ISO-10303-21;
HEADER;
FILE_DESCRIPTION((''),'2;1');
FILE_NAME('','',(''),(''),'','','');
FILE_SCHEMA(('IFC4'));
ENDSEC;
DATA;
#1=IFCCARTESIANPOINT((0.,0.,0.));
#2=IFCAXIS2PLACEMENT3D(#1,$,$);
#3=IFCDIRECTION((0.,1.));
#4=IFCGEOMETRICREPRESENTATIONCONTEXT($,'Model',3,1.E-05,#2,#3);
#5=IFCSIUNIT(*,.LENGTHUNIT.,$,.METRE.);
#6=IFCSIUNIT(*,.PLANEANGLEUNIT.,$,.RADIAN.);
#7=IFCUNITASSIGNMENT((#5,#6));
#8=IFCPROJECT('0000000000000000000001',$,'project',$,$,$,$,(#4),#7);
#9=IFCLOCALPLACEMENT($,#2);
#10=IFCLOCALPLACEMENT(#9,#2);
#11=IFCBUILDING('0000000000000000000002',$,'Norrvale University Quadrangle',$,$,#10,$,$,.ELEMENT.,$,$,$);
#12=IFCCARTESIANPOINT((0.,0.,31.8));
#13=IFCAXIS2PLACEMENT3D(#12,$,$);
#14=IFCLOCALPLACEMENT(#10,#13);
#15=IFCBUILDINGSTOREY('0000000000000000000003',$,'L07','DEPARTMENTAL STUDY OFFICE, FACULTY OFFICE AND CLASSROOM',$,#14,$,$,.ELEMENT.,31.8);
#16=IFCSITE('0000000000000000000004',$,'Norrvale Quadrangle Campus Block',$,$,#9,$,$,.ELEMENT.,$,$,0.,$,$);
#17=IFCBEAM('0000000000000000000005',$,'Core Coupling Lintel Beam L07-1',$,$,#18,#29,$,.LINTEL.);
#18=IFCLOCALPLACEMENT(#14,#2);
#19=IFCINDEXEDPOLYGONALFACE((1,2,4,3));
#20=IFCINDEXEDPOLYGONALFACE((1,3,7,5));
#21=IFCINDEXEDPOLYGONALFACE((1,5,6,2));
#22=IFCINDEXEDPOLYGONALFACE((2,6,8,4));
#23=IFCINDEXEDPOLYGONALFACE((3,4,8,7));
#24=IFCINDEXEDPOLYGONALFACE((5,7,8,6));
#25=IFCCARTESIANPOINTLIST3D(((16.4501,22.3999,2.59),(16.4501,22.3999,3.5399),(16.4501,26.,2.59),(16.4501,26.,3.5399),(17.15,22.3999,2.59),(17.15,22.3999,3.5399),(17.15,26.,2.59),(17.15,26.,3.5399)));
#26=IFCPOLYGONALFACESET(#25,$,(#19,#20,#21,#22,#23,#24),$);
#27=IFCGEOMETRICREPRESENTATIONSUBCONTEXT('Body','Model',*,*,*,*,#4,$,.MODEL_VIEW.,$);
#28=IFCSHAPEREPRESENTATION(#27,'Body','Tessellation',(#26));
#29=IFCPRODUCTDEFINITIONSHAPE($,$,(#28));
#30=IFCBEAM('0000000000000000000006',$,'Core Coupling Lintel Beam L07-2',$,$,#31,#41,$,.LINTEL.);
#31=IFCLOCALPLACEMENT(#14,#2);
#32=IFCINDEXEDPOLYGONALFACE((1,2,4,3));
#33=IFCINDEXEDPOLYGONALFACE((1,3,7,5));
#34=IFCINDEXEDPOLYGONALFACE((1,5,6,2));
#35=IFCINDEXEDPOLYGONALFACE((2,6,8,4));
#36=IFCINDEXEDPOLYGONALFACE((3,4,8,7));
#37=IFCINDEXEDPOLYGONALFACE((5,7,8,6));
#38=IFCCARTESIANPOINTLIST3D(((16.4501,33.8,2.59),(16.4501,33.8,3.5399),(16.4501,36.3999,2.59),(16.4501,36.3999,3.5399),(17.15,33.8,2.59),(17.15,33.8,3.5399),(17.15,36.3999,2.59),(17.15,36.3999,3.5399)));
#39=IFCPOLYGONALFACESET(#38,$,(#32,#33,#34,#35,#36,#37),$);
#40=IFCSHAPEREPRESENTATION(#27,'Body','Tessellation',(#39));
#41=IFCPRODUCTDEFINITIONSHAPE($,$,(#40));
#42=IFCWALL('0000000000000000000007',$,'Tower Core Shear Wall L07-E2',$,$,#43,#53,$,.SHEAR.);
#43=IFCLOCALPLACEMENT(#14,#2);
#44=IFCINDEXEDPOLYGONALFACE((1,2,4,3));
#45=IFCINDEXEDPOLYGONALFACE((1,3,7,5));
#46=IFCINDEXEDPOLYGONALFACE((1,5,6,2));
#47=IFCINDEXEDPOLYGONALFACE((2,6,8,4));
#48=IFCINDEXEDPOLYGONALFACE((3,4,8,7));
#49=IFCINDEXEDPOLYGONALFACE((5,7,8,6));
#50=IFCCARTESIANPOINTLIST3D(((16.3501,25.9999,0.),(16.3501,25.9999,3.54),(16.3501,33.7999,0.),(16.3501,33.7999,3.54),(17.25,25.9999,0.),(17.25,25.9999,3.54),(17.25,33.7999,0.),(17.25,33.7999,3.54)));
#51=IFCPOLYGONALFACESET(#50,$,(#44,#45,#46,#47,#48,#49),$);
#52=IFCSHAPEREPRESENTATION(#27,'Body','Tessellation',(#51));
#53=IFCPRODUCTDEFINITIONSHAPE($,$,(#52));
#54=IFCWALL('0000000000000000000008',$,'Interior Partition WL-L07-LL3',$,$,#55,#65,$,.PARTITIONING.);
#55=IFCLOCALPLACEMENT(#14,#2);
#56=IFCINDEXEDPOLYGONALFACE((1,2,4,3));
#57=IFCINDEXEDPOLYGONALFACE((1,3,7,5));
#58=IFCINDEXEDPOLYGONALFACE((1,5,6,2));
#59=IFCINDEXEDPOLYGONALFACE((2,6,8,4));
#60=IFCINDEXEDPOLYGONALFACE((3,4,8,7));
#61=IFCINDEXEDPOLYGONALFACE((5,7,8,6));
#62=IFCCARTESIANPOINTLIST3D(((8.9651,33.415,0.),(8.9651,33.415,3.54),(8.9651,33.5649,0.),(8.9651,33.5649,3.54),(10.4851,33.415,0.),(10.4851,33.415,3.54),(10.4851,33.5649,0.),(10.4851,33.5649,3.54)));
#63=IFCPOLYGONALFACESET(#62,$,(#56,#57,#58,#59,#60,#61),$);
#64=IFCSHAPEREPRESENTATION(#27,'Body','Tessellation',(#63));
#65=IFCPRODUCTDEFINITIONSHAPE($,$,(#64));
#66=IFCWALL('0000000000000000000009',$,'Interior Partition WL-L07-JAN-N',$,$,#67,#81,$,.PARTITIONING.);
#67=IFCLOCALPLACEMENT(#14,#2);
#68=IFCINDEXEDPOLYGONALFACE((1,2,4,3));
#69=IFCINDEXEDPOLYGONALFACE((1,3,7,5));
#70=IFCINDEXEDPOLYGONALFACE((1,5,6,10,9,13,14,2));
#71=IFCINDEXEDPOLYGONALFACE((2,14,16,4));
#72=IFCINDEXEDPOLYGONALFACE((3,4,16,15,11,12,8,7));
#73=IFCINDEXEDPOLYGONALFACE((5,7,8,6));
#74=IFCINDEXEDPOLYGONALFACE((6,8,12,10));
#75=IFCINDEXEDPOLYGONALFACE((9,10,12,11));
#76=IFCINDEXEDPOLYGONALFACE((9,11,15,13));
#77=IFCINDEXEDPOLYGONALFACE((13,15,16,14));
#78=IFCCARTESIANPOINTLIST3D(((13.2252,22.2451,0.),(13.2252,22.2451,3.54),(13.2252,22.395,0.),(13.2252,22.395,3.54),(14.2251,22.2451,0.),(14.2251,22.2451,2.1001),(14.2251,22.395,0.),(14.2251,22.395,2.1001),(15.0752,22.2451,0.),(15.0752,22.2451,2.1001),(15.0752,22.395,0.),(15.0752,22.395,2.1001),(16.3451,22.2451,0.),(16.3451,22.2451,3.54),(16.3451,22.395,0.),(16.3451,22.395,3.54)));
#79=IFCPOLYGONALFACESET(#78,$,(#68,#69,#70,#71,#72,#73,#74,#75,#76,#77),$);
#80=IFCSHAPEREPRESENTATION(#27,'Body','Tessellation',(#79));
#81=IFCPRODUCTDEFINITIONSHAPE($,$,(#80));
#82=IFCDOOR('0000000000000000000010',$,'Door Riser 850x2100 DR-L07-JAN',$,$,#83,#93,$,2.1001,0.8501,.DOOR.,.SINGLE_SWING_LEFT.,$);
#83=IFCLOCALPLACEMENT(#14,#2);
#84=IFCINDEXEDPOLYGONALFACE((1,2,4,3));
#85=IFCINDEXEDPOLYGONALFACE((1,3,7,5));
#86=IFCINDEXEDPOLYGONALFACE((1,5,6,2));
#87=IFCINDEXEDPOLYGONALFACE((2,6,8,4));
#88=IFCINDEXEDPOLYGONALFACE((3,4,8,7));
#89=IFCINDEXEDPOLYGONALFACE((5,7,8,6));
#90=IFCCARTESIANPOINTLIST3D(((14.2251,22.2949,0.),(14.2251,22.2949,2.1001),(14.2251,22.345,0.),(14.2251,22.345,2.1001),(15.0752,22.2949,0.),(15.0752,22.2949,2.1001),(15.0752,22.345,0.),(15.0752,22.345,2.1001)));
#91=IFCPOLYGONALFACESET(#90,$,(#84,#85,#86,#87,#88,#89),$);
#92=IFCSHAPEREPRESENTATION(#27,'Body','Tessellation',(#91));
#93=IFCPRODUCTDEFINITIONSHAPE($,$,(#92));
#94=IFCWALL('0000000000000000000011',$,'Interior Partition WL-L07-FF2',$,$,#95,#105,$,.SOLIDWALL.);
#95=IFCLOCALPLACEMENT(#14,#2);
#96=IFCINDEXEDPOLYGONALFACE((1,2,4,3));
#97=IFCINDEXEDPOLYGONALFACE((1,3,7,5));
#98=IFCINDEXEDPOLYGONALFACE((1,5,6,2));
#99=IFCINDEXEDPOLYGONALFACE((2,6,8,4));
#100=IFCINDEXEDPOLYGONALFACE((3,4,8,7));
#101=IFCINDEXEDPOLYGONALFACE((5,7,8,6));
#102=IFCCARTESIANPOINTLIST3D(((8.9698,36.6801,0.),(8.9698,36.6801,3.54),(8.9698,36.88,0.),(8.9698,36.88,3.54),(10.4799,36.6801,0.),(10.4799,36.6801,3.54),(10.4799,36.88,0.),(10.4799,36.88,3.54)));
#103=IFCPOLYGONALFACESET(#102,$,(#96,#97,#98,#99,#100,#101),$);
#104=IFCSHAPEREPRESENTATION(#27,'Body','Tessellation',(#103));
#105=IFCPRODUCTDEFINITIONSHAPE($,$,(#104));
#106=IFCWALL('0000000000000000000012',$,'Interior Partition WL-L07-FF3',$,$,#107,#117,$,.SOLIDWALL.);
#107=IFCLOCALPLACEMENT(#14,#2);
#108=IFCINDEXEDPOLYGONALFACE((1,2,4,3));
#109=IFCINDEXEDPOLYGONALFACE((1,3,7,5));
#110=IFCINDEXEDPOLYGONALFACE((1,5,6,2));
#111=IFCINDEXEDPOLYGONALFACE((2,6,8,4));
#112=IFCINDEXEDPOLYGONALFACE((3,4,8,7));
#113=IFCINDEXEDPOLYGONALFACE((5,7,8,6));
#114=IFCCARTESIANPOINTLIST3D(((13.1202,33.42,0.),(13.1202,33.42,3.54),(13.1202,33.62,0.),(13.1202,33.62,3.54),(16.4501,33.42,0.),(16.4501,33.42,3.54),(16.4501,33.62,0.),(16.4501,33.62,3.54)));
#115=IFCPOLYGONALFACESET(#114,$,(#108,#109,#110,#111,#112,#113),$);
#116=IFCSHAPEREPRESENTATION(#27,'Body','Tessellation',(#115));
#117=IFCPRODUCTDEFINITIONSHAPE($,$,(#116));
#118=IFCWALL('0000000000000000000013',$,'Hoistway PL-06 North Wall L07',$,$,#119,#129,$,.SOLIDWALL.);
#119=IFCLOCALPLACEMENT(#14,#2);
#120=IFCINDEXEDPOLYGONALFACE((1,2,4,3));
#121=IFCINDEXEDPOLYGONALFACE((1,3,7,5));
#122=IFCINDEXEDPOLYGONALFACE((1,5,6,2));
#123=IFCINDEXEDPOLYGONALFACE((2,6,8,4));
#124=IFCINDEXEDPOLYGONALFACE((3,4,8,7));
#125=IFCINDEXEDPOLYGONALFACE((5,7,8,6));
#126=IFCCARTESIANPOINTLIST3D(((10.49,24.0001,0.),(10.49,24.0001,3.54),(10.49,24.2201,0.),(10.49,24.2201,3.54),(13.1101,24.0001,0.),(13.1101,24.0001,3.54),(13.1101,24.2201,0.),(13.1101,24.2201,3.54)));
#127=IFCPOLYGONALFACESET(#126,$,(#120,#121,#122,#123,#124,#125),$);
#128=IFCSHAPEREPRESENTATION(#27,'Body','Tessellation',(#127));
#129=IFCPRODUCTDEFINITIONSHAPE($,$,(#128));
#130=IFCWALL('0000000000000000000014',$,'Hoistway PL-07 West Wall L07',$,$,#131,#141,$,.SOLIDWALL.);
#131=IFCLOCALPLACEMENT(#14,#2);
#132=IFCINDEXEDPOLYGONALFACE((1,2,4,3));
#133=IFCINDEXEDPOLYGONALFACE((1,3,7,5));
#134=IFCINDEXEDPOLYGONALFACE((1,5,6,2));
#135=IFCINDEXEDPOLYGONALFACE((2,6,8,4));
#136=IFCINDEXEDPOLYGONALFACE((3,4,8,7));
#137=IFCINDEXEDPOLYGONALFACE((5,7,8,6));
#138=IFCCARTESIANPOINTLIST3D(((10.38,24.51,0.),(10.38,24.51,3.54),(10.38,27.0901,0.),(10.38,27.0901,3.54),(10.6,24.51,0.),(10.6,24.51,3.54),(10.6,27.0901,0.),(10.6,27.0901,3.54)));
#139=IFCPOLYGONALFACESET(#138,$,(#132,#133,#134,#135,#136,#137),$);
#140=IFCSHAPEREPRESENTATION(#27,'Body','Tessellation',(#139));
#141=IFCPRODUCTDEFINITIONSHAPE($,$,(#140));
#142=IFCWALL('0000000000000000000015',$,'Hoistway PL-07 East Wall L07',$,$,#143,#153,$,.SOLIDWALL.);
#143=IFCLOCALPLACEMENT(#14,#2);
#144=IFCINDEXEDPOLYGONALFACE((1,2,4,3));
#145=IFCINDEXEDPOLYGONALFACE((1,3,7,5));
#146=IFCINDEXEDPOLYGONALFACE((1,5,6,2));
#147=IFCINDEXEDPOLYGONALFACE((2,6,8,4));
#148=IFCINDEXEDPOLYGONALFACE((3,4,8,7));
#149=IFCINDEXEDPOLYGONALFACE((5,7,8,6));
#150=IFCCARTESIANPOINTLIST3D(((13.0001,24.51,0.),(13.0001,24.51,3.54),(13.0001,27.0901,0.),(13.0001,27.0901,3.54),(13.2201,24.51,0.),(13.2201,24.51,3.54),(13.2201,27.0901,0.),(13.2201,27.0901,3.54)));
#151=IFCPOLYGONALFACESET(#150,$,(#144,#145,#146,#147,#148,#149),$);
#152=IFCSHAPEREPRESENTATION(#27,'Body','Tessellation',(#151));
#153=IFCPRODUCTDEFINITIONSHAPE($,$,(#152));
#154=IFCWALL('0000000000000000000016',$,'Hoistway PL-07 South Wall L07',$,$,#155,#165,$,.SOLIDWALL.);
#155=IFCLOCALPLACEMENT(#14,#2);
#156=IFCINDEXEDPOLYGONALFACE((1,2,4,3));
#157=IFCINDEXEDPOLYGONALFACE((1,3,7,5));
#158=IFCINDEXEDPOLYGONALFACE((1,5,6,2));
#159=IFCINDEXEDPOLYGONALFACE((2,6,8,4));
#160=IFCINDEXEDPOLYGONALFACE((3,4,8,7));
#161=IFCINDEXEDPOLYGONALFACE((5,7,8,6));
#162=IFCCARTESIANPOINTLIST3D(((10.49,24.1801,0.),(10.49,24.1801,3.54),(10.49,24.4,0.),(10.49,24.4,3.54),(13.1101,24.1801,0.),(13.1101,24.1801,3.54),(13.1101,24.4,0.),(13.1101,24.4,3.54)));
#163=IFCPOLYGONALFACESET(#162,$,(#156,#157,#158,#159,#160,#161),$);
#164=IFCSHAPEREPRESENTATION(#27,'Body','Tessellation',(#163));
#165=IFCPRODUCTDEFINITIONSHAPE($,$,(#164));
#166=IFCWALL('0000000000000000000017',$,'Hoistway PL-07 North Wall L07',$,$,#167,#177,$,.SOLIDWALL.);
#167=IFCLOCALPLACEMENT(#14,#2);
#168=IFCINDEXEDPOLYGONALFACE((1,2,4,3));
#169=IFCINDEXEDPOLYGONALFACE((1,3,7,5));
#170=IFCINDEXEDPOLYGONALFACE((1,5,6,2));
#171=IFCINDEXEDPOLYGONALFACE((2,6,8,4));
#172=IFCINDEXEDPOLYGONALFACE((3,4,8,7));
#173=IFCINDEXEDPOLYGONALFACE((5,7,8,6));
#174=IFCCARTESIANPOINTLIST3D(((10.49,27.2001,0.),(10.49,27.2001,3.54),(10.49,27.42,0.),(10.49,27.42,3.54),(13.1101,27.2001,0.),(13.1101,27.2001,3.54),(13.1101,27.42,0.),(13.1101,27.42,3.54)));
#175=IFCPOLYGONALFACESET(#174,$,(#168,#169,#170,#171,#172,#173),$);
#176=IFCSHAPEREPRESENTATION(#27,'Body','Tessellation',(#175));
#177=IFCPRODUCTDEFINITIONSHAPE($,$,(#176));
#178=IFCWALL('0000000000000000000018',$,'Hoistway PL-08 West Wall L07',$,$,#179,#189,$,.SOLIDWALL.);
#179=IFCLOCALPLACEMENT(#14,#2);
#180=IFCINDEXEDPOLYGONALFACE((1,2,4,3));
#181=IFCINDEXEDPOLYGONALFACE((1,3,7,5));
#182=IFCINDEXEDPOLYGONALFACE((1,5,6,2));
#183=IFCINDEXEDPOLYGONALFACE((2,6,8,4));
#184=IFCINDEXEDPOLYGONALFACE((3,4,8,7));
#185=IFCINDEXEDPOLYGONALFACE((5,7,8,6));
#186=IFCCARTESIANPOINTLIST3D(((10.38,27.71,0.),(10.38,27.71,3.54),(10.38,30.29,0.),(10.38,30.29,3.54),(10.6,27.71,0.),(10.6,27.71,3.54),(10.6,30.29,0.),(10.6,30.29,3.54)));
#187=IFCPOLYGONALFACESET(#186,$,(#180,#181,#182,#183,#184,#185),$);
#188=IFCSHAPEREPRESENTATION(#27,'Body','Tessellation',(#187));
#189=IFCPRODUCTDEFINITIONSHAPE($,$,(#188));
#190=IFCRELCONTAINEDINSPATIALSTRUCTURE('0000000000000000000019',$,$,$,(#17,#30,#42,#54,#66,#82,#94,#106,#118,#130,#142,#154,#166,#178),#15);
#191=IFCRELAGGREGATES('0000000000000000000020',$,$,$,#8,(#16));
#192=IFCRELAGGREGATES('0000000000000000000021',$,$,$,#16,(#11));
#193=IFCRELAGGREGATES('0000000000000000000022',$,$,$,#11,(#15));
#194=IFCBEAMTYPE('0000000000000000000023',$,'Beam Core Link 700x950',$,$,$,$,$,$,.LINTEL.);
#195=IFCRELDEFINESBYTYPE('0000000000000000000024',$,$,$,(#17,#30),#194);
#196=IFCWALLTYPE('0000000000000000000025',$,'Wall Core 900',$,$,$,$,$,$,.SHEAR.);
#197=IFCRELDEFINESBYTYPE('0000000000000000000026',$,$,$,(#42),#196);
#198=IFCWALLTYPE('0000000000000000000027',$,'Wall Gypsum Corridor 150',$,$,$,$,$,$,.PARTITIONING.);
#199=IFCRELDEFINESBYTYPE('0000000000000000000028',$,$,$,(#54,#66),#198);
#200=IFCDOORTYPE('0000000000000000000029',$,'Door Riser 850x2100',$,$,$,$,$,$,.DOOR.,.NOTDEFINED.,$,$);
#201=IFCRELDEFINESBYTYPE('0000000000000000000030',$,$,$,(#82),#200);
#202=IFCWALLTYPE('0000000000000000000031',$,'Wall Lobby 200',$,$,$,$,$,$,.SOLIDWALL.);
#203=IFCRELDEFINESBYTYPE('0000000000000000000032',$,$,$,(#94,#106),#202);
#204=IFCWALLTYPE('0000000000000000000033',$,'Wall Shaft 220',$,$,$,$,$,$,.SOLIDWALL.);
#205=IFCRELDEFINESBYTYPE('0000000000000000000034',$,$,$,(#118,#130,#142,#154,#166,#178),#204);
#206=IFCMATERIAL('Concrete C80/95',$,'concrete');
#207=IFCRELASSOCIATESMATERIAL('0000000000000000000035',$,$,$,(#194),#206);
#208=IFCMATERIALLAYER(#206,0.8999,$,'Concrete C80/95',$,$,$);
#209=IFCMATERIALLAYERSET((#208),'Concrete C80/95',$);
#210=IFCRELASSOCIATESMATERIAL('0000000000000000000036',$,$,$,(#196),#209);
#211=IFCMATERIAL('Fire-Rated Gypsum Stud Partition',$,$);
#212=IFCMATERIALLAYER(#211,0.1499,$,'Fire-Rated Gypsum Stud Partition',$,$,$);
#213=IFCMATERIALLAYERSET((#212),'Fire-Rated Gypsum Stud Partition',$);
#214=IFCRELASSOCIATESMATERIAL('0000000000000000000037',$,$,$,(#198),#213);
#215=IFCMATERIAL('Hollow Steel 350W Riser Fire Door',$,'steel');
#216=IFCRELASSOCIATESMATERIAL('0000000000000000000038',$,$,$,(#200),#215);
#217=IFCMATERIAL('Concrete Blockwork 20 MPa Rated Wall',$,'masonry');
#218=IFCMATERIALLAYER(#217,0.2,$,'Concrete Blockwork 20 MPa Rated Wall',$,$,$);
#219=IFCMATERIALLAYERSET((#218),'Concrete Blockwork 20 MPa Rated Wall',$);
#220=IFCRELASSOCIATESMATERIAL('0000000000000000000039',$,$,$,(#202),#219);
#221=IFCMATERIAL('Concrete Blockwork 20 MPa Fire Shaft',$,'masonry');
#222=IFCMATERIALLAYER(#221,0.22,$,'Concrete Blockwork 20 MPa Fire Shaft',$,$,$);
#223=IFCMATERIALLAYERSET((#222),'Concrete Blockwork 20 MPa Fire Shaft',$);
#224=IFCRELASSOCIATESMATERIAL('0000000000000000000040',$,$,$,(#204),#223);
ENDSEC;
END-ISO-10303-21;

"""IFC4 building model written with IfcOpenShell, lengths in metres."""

from ifc_helpers import new_model, si_unit, direction, frame, frame_2d, origin, origin_2d, place, context, subcontext, project, spatial, rectangle, extrude, material, layer, layer_set, material_profile, profile_set, type_object, element, fill, save


model = new_model("IFC4")

# Units and contexts
model_context = context("Model", 3, precision=1e-05, world=origin(), true_north=direction((0.0, 1.0)))
body_context = subcontext(model_context, "Body", "Model", "MODEL_VIEW")
ifc_project = project(units=[si_unit("LENGTHUNIT", "METRE"), si_unit("PLANEANGLEUNIT", "RADIAN")], contexts=[model_context])

# Site, building, storey
site_placement = place(None, origin())
site = spatial("IfcSite", under=ifc_project, at=site_placement, Name="Norrvale Quadrangle Campus Block", CompositionType="ELEMENT", RefElevation=0.0)
building_placement = place(site_placement, origin())
building = spatial("IfcBuilding", under=site, at=building_placement, Name="Norrvale University Quadrangle", CompositionType="ELEMENT")
storey_placement = place(building_placement, frame((0.0, 0.0, 31.8)))
storey = spatial("IfcBuildingStorey", under=building, at=storey_placement, Name="L07", Description="DEPARTMENTAL STUDY OFFICE, FACULTY OFFICE AND CLASSROOM", CompositionType="ELEMENT", Elevation=31.8)

# Beams
ifc_material_1 = material(Name="Concrete C80/95", Category="concrete")
ifc_material_profile = material_profile(ifc_material_1, rectangle(XDim=0.7, YDim=0.95, at=origin_2d()), Name="Concrete C80/95")
ifc_profile_set = profile_set([ifc_material_profile], Name="Concrete C80/95")
beam_type = type_object("IfcBeamType", Name="Beam Core Link 700x950", PredefinedType="LINTEL", material=ifc_profile_set)
beam_1_placement = place(storey_placement, frame((16.8, 22.3999, 3.0649), z_axis=(0.0, 1.0, 0.0), x_axis=(-1.0, 0.0, 0.0)))
element("IfcBeam", 1, at=beam_1_placement, inside=storey, type_object=beam_type, Name="Core Coupling Lintel Beam L07-1", PredefinedType="LINTEL", context=body_context, shape_type="SweptSolid", body=[
    extrude(rectangle(XDim=0.7, YDim=0.95, at=origin_2d()), origin(), (0.0, 0.0, 1.0), 3.6001),
])
beam_2_placement = place(storey_placement, frame((16.8, 33.8, 3.0649), z_axis=(0.0, 1.0, 0.0), x_axis=(-1.0, 0.0, 0.0)))
element("IfcBeam", 2, at=beam_2_placement, inside=storey, type_object=beam_type, Name="Core Coupling Lintel Beam L07-2", PredefinedType="LINTEL", context=body_context, shape_type="SweptSolid", body=[
    extrude(rectangle(XDim=0.7, YDim=0.95, at=origin_2d()), origin(), (0.0, 0.0, 1.0), 2.5999),
])

# Wall
ifc_layer_1 = layer(ifc_material_1, 0.8999, Name="Concrete C80/95")
ifc_layer_set_1 = layer_set([ifc_layer_1], Name="Concrete C80/95")
wall_type_1 = type_object("IfcWallType", Name="Wall Core 900", PredefinedType="SHEAR", material=ifc_layer_set_1)
wall_1_placement = place(storey_placement, frame((16.8, 26.0, 0.0), z_axis=(0.0, 0.0, 1.0), x_axis=(0.0, 1.0, 0.0)))
element("IfcWall", 3, at=wall_1_placement, inside=storey, type_object=wall_type_1, Name="Tower Core Shear Wall L07-E2", PredefinedType="SHEAR", context=body_context, shape_type="SweptSolid", body=[
    extrude(rectangle(XDim=7.8, YDim=0.8999, at=frame_2d((3.8999, 0.0))), origin(), (0.0, 0.0, 1.0), 3.54),
])

# Wall
ifc_material_2 = material(Name="Fire-Rated Gypsum Stud Partition")
ifc_layer_2 = layer(ifc_material_2, 0.1499, Name="Fire-Rated Gypsum Stud Partition")
ifc_layer_set_2 = layer_set([ifc_layer_2], Name="Fire-Rated Gypsum Stud Partition")
wall_type_2 = type_object("IfcWallType", Name="Wall Gypsum Corridor 150", PredefinedType="PARTITIONING", material=ifc_layer_set_2)
wall_2_placement = place(storey_placement, frame((8.9651, 33.49, 0.0), z_axis=(0.0, 0.0, 1.0), x_axis=(1.0, 0.0, 0.0)))
element("IfcWall", 4, at=wall_2_placement, inside=storey, type_object=wall_type_2, Name="Interior Partition WL-L07-LL3", PredefinedType="PARTITIONING", context=body_context, shape_type="SweptSolid", body=[
    extrude(rectangle(XDim=1.52, YDim=0.1499, at=frame_2d((0.76, 0.0))), origin(), (0.0, 0.0, 1.0), 3.54),
])

# Wall, opening, door
wall_3_placement = place(storey_placement, frame((13.2251, 22.3201, 0.0), z_axis=(0.0, 0.0, 1.0), x_axis=(1.0, 0.0, 0.0)))
wall_3 = element("IfcWall", 5, at=wall_3_placement, inside=storey, type_object=wall_type_2, Name="Interior Partition WL-L07-JAN-N", PredefinedType="PARTITIONING", context=body_context, shape_type="SweptSolid", body=[
    extrude(rectangle(XDim=3.1199, YDim=0.1499, at=frame_2d((1.5601, 0.0))), origin(), (0.0, 0.0, 1.0), 3.54),
])
opening_1_placement = place(wall_3_placement, frame((1.0, 0.0, 0.0)))
opening_1 = element("IfcOpeningElement", 6, at=opening_1_placement, cuts=wall_3, PredefinedType="OPENING", context=body_context, shape_type="SweptSolid", body=[
    extrude(rectangle(XDim=0.8501, YDim=2.1001, at=frame_2d((0.425, 1.05))), frame((0.0, 0.0869, 0.0), z_axis=(0.0, -1.0, 0.0), x_axis=(1.0, 0.0, 0.0)), (0.0, 0.0, 1.0), 0.1738),
])
ifc_material_3 = material(Name="Hollow Steel 350W Riser Fire Door", Category="steel")
door_type_1 = type_object("IfcDoorType", Name="Door Riser 850x2100", OperationType="NOTDEFINED", PredefinedType="DOOR", material=ifc_material_3)
door_1_placement = place(opening_1_placement, origin())
door_1 = element("IfcDoor", 7, at=door_1_placement, inside=storey, type_object=door_type_1, Name="Door Riser 850x2100 DR-L07-JAN", OperationType="SINGLE_SWING_LEFT", OverallHeight=2.1001, OverallWidth=0.8501, PredefinedType="DOOR", context=body_context, shape_type="SweptSolid", body=[
    extrude(rectangle(XDim=0.8501, YDim=2.1001, at=frame_2d((0.425, 1.05))), frame((0.0, 0.0249, 0.0), z_axis=(0.0, -1.0, 0.0), x_axis=(1.0, 0.0, 0.0)), (0.0, 0.0, 1.0), 0.05),
])
fill(opening_1, door_1)

# Walls
ifc_material_4 = material(Name="Concrete Blockwork 20 MPa Rated Wall", Category="masonry")
ifc_layer_3 = layer(ifc_material_4, 0.2, Name="Concrete Blockwork 20 MPa Rated Wall")
ifc_layer_set_3 = layer_set([ifc_layer_3], Name="Concrete Blockwork 20 MPa Rated Wall")
wall_type_3 = type_object("IfcWallType", Name="Wall Lobby 200", PredefinedType="SOLIDWALL", material=ifc_layer_set_3)
wall_4_placement = place(storey_placement, frame((8.97, 36.78, 0.0), z_axis=(0.0, 0.0, 1.0), x_axis=(1.0, 0.0, 0.0)))
element("IfcWall", 8, at=wall_4_placement, inside=storey, type_object=wall_type_3, Name="Interior Partition WL-L07-FF2", PredefinedType="SOLIDWALL", context=body_context, shape_type="SweptSolid", body=[
    extrude(rectangle(XDim=1.51, YDim=0.2, at=frame_2d((0.7549, 0.0))), origin(), (0.0, 0.0, 1.0), 3.54),
])
wall_5_placement = place(storey_placement, frame((13.1201, 33.52, 0.0), z_axis=(0.0, 0.0, 1.0), x_axis=(1.0, 0.0, 0.0)))
element("IfcWall", 9, at=wall_5_placement, inside=storey, type_object=wall_type_3, Name="Interior Partition WL-L07-FF3", PredefinedType="SOLIDWALL", context=body_context, shape_type="SweptSolid", body=[
    extrude(rectangle(XDim=3.3298, YDim=0.2, at=frame_2d((1.665, 0.0))), origin(), (0.0, 0.0, 1.0), 3.54),
])
ifc_material_5 = material(Name="Concrete Blockwork 20 MPa Fire Shaft", Category="masonry")
ifc_layer_4 = layer(ifc_material_5, 0.22, Name="Concrete Blockwork 20 MPa Fire Shaft")
ifc_layer_set_4 = layer_set([ifc_layer_4], Name="Concrete Blockwork 20 MPa Fire Shaft")
wall_type_4 = type_object("IfcWallType", Name="Wall Shaft 220", PredefinedType="SOLIDWALL", material=ifc_layer_set_4)
wall_6_placement = place(storey_placement, frame((10.49, 24.1101, 0.0), z_axis=(0.0, 0.0, 1.0), x_axis=(1.0, 0.0, 0.0)))
element("IfcWall", 10, at=wall_6_placement, inside=storey, type_object=wall_type_4, Name="Hoistway PL-06 North Wall L07", PredefinedType="SOLIDWALL", context=body_context, shape_type="SweptSolid", body=[
    extrude(rectangle(XDim=2.6201, YDim=0.22, at=frame_2d((1.3101, 0.0))), origin(), (0.0, 0.0, 1.0), 3.54),
])
for number, where, z_axis, x_axis, name in (
    (11, (10.49, 24.51, 0.0), (0.0, 0.0, 1.0), (0.0, 1.0, 0.0), "Hoistway PL-07 West Wall L07"),
    (12, (13.1101, 24.51, 0.0), (0.0, 0.0, 1.0), (0.0, 1.0, 0.0), "Hoistway PL-07 East Wall L07"),
):
    element("IfcWall", number, at=place(storey_placement, frame(where, z_axis=z_axis, x_axis=x_axis)), inside=storey, type_object=wall_type_4, Name=name, PredefinedType="SOLIDWALL", context=body_context, shape_type="SweptSolid", body=[
        extrude(rectangle(XDim=2.5801, YDim=0.22, at=frame_2d((1.29, 0.0))), origin(), (0.0, 0.0, 1.0), 3.54),
    ])
for number, where, z_axis, x_axis, name in (
    (13, (10.49, 24.29, 0.0), (0.0, 0.0, 1.0), (1.0, 0.0, 0.0), "Hoistway PL-07 South Wall L07"),
    (14, (10.49, 27.3101, 0.0), (0.0, 0.0, 1.0), (1.0, 0.0, 0.0), "Hoistway PL-07 North Wall L07"),
):
    element("IfcWall", number, at=place(storey_placement, frame(where, z_axis=z_axis, x_axis=x_axis)), inside=storey, type_object=wall_type_4, Name=name, PredefinedType="SOLIDWALL", context=body_context, shape_type="SweptSolid", body=[
        extrude(rectangle(XDim=2.6201, YDim=0.22, at=frame_2d((1.3101, 0.0))), origin(), (0.0, 0.0, 1.0), 3.54),
    ])
for number, where, z_axis, x_axis, name in (
    (15, (10.49, 27.71, 0.0), (0.0, 0.0, 1.0), (0.0, 1.0, 0.0), "Hoistway PL-08 West Wall L07"),
):
    element("IfcWall", number, at=place(storey_placement, frame(where, z_axis=z_axis, x_axis=x_axis)), inside=storey, type_object=wall_type_4, Name=name, PredefinedType="SOLIDWALL", context=body_context, shape_type="SweptSolid", body=[
        extrude(rectangle(XDim=2.5801, YDim=0.22, at=frame_2d((1.29, 0.0))), origin(), (0.0, 0.0, 1.0), 3.54),
    ])

save(model, "model.ifc")
